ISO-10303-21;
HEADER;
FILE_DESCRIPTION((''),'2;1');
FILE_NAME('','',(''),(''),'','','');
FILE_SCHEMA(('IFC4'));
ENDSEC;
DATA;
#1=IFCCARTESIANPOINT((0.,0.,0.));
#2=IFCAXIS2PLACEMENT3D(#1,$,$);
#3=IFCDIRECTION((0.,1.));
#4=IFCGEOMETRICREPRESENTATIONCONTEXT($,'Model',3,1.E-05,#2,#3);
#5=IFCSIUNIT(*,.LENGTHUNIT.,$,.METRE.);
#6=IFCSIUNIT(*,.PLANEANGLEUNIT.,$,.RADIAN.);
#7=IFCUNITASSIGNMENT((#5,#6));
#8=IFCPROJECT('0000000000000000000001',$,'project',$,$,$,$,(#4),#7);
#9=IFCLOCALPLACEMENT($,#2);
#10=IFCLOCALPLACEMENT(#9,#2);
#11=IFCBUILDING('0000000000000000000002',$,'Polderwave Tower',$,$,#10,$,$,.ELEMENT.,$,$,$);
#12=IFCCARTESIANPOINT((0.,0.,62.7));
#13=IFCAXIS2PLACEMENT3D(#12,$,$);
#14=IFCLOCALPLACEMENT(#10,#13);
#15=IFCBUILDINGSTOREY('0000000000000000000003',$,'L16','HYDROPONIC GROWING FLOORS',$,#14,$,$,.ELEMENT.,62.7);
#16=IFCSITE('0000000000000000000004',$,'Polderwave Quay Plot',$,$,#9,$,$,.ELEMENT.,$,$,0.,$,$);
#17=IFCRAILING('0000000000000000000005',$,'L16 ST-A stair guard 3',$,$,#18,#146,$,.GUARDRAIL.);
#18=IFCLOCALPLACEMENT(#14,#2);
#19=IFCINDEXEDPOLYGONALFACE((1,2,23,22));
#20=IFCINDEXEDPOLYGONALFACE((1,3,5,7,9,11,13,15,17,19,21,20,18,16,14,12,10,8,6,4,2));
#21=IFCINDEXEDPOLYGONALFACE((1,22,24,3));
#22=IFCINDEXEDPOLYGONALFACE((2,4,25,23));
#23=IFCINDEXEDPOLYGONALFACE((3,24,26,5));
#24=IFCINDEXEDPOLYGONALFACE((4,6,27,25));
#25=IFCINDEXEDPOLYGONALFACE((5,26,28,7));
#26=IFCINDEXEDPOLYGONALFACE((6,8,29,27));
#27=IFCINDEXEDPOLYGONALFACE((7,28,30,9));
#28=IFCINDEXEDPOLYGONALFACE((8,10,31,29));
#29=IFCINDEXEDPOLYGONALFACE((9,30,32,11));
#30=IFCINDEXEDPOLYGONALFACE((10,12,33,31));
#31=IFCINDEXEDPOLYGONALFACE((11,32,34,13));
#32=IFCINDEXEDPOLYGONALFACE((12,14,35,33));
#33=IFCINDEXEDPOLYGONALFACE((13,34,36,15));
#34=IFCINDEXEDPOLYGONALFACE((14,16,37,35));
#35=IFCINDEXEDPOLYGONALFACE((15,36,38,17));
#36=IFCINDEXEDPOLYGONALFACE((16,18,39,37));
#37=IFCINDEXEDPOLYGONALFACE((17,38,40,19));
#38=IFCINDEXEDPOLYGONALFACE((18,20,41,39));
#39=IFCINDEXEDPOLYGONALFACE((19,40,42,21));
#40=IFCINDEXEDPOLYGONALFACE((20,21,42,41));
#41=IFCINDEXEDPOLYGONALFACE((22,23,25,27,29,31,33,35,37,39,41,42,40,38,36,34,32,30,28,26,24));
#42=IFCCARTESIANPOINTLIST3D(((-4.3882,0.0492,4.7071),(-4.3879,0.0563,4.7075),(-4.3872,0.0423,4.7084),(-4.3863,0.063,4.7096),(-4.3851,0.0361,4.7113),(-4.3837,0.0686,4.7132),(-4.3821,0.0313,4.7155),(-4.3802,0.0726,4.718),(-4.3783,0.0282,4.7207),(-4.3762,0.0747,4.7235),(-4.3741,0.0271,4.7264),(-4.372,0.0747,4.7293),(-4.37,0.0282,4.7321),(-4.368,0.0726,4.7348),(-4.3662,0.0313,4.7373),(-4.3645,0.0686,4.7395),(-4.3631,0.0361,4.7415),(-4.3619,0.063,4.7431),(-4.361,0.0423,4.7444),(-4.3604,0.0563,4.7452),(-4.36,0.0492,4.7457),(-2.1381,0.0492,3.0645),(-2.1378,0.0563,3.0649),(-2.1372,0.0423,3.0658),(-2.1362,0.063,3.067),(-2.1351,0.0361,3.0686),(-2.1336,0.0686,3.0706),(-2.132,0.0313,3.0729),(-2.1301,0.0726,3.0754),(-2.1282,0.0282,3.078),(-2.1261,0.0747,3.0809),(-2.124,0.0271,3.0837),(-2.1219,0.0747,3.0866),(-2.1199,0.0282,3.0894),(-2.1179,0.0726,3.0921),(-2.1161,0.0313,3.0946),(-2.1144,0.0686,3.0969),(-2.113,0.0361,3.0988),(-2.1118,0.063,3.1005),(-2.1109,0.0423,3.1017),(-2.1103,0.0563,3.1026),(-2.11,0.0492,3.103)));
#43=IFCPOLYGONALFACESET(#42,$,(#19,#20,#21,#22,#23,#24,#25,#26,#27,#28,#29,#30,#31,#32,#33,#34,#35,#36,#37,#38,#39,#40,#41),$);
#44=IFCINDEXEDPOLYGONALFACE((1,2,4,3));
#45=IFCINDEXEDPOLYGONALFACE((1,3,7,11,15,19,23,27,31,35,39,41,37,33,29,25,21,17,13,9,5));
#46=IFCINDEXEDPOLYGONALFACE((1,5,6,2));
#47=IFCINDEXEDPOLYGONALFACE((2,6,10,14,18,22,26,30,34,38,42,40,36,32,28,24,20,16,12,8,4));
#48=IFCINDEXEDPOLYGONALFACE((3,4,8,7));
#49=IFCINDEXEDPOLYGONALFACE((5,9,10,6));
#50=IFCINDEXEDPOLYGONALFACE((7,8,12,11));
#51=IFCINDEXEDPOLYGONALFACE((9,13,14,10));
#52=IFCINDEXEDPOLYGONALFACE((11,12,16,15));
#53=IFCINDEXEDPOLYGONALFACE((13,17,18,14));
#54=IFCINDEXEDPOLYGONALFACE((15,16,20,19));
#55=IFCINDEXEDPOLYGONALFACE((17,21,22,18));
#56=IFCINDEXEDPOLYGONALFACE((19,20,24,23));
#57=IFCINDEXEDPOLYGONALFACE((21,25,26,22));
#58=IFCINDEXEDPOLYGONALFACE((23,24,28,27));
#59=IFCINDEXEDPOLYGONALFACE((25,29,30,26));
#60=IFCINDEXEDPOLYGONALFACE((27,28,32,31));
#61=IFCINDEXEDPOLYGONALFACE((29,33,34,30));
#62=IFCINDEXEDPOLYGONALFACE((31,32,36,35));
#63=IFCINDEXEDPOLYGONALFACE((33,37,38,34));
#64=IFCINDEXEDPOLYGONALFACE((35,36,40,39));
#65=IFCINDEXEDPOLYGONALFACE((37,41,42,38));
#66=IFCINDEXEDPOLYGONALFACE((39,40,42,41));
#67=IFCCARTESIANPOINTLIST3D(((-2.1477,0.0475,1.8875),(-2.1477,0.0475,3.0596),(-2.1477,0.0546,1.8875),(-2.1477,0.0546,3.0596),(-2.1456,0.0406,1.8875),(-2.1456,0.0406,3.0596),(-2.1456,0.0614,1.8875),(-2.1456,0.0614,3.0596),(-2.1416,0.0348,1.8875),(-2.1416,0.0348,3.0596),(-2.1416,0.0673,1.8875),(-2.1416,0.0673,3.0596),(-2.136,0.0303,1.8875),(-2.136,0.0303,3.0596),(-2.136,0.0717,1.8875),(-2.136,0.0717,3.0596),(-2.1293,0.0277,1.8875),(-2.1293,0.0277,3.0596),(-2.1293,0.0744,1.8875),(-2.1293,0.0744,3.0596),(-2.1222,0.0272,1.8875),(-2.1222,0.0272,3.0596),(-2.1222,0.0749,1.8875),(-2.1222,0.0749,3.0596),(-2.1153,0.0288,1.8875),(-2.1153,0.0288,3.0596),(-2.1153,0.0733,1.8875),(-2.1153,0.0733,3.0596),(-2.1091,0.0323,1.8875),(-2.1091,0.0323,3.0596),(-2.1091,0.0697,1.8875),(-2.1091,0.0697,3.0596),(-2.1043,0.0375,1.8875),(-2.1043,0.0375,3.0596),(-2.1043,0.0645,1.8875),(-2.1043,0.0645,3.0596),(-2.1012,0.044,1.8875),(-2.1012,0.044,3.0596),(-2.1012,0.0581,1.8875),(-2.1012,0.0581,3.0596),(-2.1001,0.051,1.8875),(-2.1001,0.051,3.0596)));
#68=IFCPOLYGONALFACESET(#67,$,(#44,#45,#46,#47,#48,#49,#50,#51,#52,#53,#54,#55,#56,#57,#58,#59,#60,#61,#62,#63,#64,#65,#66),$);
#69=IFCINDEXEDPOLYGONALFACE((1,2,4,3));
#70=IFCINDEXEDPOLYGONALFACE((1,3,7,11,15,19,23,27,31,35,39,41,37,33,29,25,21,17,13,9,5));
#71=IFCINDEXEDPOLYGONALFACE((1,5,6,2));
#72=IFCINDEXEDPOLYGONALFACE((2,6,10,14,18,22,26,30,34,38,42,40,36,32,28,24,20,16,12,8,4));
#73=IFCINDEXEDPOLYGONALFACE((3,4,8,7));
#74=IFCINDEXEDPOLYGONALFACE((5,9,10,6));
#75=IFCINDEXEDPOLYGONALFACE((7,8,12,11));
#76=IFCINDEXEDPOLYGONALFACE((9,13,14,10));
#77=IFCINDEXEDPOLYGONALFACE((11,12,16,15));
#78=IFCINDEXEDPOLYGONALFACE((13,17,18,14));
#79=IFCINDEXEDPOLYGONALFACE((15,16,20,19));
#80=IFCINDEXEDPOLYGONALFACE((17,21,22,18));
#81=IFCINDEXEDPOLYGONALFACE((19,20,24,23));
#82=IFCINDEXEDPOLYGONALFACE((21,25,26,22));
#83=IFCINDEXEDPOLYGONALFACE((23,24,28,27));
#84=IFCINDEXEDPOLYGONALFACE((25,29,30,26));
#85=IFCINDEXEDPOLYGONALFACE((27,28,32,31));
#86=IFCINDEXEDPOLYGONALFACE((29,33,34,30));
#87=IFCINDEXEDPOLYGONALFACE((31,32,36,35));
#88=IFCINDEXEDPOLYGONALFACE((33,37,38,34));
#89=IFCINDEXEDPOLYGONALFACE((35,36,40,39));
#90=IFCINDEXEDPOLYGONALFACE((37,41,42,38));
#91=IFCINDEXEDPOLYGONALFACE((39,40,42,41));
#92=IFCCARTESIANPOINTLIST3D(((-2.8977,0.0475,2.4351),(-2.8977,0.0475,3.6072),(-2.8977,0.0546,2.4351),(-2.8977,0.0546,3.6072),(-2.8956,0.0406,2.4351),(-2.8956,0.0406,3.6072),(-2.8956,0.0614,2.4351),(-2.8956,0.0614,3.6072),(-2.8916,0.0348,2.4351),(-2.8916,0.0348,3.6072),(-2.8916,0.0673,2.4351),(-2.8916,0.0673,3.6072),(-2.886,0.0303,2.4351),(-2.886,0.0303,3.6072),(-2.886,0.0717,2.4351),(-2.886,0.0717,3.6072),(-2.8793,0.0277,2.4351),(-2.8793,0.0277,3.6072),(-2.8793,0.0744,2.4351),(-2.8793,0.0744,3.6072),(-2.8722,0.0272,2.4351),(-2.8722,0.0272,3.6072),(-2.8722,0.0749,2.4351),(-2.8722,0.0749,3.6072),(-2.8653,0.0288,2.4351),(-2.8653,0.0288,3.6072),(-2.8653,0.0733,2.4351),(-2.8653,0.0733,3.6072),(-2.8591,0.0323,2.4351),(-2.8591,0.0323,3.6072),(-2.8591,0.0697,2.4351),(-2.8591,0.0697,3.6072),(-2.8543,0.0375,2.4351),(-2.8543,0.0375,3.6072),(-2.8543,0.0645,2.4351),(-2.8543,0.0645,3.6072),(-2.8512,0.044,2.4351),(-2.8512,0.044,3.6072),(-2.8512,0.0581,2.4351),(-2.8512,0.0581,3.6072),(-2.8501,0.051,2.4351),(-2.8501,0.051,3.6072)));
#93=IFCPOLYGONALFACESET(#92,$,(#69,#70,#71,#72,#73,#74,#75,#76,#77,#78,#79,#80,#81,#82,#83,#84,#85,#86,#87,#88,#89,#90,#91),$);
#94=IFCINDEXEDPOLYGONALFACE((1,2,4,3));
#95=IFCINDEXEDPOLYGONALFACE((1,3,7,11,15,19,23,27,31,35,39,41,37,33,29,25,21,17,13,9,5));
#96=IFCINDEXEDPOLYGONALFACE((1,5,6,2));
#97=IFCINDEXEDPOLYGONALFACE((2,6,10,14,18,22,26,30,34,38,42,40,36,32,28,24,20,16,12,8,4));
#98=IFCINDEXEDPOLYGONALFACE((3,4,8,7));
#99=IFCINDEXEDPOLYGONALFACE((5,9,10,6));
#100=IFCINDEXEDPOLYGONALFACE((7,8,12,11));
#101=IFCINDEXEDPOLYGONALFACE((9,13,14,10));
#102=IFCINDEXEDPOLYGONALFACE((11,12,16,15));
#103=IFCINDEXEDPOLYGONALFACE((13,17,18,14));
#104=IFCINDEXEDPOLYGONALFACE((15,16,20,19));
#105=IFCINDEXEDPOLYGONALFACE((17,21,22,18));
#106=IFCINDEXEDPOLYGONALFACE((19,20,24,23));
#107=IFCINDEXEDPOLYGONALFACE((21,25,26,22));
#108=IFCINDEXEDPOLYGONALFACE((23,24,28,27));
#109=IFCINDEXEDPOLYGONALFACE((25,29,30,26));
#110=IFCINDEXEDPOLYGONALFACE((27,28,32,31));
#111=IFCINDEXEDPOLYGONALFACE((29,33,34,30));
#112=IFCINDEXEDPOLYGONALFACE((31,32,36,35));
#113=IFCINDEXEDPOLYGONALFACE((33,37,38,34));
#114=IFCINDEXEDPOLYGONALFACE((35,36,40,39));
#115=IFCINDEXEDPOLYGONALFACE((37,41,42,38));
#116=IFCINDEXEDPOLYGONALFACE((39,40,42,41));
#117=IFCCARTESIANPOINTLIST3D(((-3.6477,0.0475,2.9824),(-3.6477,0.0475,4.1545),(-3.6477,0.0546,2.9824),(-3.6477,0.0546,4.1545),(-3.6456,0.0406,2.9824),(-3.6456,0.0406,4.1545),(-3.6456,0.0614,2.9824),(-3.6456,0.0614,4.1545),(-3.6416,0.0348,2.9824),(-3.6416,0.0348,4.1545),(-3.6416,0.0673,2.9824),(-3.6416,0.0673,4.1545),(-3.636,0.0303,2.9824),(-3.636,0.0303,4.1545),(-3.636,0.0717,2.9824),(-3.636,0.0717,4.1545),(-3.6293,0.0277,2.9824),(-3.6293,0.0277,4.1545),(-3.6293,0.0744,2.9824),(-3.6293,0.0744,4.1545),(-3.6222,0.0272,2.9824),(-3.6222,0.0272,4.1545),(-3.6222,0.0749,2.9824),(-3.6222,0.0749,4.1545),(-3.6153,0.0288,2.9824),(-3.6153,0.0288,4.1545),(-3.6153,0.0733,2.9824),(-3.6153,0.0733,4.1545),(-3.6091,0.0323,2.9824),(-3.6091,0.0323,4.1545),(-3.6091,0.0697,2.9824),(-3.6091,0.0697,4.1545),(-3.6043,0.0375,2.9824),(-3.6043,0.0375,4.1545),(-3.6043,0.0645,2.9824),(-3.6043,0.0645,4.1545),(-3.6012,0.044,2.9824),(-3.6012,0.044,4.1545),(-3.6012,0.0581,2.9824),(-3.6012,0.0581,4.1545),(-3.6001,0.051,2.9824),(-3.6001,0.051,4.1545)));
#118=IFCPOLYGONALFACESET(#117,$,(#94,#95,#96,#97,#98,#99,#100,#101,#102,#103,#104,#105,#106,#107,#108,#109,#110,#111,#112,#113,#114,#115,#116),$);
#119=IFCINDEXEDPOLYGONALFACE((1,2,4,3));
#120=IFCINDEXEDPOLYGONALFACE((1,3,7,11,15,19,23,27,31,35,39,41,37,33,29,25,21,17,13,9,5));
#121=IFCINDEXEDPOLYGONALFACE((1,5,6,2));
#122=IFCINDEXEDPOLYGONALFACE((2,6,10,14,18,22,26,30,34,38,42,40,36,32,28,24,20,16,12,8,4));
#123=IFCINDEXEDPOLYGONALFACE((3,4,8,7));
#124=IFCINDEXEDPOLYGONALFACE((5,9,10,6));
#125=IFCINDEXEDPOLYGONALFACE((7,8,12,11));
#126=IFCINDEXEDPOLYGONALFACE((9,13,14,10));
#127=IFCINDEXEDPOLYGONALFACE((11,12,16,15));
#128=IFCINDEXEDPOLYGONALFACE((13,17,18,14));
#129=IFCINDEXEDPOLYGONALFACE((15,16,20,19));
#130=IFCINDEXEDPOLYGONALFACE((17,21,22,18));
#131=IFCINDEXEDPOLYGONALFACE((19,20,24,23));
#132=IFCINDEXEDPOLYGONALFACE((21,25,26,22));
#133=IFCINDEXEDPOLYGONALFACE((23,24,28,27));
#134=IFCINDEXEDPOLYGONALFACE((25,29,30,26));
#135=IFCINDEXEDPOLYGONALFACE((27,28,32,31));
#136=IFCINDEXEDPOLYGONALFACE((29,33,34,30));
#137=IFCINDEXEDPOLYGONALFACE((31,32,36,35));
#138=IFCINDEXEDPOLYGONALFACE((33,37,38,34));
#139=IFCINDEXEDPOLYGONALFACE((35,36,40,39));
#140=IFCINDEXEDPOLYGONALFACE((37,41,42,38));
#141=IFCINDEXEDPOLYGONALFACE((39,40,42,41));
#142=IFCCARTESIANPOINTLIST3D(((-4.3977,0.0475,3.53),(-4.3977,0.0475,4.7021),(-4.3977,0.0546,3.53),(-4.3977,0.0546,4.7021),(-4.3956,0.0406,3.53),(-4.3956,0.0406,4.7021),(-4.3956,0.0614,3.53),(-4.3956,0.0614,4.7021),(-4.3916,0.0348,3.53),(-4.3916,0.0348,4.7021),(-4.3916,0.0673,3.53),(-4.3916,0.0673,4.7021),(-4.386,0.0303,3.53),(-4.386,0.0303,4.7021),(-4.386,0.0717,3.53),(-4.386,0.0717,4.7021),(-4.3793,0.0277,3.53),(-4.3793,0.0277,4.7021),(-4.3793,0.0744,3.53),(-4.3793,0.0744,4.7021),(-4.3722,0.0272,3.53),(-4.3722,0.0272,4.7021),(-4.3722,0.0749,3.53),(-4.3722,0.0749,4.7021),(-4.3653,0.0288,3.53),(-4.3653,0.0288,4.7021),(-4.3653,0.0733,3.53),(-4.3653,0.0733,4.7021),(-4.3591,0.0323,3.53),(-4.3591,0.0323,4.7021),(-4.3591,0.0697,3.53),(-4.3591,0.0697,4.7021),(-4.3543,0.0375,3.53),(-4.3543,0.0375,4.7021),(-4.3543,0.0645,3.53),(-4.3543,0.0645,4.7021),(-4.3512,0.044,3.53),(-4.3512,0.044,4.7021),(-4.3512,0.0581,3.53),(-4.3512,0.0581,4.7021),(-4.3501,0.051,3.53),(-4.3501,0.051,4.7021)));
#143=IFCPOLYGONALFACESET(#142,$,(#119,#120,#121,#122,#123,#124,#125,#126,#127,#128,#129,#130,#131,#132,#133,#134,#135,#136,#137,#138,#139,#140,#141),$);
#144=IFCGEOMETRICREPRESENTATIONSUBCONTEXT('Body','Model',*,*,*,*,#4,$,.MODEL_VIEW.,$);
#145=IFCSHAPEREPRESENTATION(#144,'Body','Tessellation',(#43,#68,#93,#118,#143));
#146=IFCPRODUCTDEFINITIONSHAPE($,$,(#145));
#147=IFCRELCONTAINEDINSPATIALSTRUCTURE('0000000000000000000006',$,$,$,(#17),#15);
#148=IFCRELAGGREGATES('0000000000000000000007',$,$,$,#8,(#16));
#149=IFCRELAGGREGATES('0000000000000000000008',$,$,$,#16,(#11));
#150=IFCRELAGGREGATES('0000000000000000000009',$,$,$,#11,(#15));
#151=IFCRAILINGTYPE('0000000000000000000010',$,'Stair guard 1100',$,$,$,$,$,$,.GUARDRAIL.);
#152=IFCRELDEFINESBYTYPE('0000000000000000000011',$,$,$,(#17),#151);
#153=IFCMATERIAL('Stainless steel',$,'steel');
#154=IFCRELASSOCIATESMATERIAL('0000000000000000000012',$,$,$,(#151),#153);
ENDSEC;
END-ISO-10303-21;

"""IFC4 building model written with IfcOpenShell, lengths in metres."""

from ifc_helpers import new_model, si_unit, direction, frame, origin, origin_2d, place, context, subcontext, project, spatial, circle, extrude, material, type_object, element, save


model = new_model("IFC4")

# Units and contexts
model_context = context("Model", 3, precision=1e-05, world=origin(), true_north=direction((0.0, 1.0)))
body_context = subcontext(model_context, "Body", "Model", "MODEL_VIEW")
ifc_project = project(units=[si_unit("LENGTHUNIT", "METRE"), si_unit("PLANEANGLEUNIT", "RADIAN")], contexts=[model_context])

# Site, building, storey
site_placement = place(None, origin())
site = spatial("IfcSite", under=ifc_project, at=site_placement, Name="Polderwave Quay Plot", CompositionType="ELEMENT", RefElevation=0.0)
building_placement = place(site_placement, origin())
building = spatial("IfcBuilding", under=site, at=building_placement, Name="Polderwave Tower", CompositionType="ELEMENT")
storey_placement = place(building_placement, frame((0.0, 0.0, 62.7)))
storey = spatial("IfcBuildingStorey", under=building, at=storey_placement, Name="L16", Description="HYDROPONIC GROWING FLOORS", CompositionType="ELEMENT", Elevation=62.7)

# Railing
ifc_material_1 = material(Name="Stainless steel", Category="steel")
railing_type_1 = type_object("IfcRailingType", Name="Stair guard 1100", PredefinedType="GUARDRAIL", material=ifc_material_1)
railing_1_placement = place(storey_placement, frame((-2.124, 0.051, 1.8875)))
element("IfcRailing", 1, at=railing_1_placement, inside=storey, type_object=railing_type_1, Name="L16 ST-A stair guard 3", PredefinedType="GUARDRAIL", context=body_context, shape_type="SweptSolid", body=[
    extrude(circle(Radius=0.0239, at=origin_2d()), frame((0.0, 0.0, 1.1963), z_axis=(-0.807674, 0.0, 0.58963), x_axis=(0.0, -1.0, 0.0)), (0.0, 0.0, 1.0), 2.7859),
    extrude(circle(Radius=0.0239, at=origin_2d()), origin(), (0.0, 0.0, 1.0), 1.1721),
    extrude(circle(Radius=0.0239, at=origin_2d()), frame((-0.75, 0.0, 0.5476)), (0.0, 0.0, 1.0), 1.1721),
    extrude(circle(Radius=0.0239, at=origin_2d()), frame((-1.5, 0.0, 1.095)), (0.0, 0.0, 1.0), 1.1721),
    extrude(circle(Radius=0.0239, at=origin_2d()), frame((-2.25, 0.0, 1.6426)), (0.0, 0.0, 1.0), 1.1721),
])

save(model, "model.ifc")
